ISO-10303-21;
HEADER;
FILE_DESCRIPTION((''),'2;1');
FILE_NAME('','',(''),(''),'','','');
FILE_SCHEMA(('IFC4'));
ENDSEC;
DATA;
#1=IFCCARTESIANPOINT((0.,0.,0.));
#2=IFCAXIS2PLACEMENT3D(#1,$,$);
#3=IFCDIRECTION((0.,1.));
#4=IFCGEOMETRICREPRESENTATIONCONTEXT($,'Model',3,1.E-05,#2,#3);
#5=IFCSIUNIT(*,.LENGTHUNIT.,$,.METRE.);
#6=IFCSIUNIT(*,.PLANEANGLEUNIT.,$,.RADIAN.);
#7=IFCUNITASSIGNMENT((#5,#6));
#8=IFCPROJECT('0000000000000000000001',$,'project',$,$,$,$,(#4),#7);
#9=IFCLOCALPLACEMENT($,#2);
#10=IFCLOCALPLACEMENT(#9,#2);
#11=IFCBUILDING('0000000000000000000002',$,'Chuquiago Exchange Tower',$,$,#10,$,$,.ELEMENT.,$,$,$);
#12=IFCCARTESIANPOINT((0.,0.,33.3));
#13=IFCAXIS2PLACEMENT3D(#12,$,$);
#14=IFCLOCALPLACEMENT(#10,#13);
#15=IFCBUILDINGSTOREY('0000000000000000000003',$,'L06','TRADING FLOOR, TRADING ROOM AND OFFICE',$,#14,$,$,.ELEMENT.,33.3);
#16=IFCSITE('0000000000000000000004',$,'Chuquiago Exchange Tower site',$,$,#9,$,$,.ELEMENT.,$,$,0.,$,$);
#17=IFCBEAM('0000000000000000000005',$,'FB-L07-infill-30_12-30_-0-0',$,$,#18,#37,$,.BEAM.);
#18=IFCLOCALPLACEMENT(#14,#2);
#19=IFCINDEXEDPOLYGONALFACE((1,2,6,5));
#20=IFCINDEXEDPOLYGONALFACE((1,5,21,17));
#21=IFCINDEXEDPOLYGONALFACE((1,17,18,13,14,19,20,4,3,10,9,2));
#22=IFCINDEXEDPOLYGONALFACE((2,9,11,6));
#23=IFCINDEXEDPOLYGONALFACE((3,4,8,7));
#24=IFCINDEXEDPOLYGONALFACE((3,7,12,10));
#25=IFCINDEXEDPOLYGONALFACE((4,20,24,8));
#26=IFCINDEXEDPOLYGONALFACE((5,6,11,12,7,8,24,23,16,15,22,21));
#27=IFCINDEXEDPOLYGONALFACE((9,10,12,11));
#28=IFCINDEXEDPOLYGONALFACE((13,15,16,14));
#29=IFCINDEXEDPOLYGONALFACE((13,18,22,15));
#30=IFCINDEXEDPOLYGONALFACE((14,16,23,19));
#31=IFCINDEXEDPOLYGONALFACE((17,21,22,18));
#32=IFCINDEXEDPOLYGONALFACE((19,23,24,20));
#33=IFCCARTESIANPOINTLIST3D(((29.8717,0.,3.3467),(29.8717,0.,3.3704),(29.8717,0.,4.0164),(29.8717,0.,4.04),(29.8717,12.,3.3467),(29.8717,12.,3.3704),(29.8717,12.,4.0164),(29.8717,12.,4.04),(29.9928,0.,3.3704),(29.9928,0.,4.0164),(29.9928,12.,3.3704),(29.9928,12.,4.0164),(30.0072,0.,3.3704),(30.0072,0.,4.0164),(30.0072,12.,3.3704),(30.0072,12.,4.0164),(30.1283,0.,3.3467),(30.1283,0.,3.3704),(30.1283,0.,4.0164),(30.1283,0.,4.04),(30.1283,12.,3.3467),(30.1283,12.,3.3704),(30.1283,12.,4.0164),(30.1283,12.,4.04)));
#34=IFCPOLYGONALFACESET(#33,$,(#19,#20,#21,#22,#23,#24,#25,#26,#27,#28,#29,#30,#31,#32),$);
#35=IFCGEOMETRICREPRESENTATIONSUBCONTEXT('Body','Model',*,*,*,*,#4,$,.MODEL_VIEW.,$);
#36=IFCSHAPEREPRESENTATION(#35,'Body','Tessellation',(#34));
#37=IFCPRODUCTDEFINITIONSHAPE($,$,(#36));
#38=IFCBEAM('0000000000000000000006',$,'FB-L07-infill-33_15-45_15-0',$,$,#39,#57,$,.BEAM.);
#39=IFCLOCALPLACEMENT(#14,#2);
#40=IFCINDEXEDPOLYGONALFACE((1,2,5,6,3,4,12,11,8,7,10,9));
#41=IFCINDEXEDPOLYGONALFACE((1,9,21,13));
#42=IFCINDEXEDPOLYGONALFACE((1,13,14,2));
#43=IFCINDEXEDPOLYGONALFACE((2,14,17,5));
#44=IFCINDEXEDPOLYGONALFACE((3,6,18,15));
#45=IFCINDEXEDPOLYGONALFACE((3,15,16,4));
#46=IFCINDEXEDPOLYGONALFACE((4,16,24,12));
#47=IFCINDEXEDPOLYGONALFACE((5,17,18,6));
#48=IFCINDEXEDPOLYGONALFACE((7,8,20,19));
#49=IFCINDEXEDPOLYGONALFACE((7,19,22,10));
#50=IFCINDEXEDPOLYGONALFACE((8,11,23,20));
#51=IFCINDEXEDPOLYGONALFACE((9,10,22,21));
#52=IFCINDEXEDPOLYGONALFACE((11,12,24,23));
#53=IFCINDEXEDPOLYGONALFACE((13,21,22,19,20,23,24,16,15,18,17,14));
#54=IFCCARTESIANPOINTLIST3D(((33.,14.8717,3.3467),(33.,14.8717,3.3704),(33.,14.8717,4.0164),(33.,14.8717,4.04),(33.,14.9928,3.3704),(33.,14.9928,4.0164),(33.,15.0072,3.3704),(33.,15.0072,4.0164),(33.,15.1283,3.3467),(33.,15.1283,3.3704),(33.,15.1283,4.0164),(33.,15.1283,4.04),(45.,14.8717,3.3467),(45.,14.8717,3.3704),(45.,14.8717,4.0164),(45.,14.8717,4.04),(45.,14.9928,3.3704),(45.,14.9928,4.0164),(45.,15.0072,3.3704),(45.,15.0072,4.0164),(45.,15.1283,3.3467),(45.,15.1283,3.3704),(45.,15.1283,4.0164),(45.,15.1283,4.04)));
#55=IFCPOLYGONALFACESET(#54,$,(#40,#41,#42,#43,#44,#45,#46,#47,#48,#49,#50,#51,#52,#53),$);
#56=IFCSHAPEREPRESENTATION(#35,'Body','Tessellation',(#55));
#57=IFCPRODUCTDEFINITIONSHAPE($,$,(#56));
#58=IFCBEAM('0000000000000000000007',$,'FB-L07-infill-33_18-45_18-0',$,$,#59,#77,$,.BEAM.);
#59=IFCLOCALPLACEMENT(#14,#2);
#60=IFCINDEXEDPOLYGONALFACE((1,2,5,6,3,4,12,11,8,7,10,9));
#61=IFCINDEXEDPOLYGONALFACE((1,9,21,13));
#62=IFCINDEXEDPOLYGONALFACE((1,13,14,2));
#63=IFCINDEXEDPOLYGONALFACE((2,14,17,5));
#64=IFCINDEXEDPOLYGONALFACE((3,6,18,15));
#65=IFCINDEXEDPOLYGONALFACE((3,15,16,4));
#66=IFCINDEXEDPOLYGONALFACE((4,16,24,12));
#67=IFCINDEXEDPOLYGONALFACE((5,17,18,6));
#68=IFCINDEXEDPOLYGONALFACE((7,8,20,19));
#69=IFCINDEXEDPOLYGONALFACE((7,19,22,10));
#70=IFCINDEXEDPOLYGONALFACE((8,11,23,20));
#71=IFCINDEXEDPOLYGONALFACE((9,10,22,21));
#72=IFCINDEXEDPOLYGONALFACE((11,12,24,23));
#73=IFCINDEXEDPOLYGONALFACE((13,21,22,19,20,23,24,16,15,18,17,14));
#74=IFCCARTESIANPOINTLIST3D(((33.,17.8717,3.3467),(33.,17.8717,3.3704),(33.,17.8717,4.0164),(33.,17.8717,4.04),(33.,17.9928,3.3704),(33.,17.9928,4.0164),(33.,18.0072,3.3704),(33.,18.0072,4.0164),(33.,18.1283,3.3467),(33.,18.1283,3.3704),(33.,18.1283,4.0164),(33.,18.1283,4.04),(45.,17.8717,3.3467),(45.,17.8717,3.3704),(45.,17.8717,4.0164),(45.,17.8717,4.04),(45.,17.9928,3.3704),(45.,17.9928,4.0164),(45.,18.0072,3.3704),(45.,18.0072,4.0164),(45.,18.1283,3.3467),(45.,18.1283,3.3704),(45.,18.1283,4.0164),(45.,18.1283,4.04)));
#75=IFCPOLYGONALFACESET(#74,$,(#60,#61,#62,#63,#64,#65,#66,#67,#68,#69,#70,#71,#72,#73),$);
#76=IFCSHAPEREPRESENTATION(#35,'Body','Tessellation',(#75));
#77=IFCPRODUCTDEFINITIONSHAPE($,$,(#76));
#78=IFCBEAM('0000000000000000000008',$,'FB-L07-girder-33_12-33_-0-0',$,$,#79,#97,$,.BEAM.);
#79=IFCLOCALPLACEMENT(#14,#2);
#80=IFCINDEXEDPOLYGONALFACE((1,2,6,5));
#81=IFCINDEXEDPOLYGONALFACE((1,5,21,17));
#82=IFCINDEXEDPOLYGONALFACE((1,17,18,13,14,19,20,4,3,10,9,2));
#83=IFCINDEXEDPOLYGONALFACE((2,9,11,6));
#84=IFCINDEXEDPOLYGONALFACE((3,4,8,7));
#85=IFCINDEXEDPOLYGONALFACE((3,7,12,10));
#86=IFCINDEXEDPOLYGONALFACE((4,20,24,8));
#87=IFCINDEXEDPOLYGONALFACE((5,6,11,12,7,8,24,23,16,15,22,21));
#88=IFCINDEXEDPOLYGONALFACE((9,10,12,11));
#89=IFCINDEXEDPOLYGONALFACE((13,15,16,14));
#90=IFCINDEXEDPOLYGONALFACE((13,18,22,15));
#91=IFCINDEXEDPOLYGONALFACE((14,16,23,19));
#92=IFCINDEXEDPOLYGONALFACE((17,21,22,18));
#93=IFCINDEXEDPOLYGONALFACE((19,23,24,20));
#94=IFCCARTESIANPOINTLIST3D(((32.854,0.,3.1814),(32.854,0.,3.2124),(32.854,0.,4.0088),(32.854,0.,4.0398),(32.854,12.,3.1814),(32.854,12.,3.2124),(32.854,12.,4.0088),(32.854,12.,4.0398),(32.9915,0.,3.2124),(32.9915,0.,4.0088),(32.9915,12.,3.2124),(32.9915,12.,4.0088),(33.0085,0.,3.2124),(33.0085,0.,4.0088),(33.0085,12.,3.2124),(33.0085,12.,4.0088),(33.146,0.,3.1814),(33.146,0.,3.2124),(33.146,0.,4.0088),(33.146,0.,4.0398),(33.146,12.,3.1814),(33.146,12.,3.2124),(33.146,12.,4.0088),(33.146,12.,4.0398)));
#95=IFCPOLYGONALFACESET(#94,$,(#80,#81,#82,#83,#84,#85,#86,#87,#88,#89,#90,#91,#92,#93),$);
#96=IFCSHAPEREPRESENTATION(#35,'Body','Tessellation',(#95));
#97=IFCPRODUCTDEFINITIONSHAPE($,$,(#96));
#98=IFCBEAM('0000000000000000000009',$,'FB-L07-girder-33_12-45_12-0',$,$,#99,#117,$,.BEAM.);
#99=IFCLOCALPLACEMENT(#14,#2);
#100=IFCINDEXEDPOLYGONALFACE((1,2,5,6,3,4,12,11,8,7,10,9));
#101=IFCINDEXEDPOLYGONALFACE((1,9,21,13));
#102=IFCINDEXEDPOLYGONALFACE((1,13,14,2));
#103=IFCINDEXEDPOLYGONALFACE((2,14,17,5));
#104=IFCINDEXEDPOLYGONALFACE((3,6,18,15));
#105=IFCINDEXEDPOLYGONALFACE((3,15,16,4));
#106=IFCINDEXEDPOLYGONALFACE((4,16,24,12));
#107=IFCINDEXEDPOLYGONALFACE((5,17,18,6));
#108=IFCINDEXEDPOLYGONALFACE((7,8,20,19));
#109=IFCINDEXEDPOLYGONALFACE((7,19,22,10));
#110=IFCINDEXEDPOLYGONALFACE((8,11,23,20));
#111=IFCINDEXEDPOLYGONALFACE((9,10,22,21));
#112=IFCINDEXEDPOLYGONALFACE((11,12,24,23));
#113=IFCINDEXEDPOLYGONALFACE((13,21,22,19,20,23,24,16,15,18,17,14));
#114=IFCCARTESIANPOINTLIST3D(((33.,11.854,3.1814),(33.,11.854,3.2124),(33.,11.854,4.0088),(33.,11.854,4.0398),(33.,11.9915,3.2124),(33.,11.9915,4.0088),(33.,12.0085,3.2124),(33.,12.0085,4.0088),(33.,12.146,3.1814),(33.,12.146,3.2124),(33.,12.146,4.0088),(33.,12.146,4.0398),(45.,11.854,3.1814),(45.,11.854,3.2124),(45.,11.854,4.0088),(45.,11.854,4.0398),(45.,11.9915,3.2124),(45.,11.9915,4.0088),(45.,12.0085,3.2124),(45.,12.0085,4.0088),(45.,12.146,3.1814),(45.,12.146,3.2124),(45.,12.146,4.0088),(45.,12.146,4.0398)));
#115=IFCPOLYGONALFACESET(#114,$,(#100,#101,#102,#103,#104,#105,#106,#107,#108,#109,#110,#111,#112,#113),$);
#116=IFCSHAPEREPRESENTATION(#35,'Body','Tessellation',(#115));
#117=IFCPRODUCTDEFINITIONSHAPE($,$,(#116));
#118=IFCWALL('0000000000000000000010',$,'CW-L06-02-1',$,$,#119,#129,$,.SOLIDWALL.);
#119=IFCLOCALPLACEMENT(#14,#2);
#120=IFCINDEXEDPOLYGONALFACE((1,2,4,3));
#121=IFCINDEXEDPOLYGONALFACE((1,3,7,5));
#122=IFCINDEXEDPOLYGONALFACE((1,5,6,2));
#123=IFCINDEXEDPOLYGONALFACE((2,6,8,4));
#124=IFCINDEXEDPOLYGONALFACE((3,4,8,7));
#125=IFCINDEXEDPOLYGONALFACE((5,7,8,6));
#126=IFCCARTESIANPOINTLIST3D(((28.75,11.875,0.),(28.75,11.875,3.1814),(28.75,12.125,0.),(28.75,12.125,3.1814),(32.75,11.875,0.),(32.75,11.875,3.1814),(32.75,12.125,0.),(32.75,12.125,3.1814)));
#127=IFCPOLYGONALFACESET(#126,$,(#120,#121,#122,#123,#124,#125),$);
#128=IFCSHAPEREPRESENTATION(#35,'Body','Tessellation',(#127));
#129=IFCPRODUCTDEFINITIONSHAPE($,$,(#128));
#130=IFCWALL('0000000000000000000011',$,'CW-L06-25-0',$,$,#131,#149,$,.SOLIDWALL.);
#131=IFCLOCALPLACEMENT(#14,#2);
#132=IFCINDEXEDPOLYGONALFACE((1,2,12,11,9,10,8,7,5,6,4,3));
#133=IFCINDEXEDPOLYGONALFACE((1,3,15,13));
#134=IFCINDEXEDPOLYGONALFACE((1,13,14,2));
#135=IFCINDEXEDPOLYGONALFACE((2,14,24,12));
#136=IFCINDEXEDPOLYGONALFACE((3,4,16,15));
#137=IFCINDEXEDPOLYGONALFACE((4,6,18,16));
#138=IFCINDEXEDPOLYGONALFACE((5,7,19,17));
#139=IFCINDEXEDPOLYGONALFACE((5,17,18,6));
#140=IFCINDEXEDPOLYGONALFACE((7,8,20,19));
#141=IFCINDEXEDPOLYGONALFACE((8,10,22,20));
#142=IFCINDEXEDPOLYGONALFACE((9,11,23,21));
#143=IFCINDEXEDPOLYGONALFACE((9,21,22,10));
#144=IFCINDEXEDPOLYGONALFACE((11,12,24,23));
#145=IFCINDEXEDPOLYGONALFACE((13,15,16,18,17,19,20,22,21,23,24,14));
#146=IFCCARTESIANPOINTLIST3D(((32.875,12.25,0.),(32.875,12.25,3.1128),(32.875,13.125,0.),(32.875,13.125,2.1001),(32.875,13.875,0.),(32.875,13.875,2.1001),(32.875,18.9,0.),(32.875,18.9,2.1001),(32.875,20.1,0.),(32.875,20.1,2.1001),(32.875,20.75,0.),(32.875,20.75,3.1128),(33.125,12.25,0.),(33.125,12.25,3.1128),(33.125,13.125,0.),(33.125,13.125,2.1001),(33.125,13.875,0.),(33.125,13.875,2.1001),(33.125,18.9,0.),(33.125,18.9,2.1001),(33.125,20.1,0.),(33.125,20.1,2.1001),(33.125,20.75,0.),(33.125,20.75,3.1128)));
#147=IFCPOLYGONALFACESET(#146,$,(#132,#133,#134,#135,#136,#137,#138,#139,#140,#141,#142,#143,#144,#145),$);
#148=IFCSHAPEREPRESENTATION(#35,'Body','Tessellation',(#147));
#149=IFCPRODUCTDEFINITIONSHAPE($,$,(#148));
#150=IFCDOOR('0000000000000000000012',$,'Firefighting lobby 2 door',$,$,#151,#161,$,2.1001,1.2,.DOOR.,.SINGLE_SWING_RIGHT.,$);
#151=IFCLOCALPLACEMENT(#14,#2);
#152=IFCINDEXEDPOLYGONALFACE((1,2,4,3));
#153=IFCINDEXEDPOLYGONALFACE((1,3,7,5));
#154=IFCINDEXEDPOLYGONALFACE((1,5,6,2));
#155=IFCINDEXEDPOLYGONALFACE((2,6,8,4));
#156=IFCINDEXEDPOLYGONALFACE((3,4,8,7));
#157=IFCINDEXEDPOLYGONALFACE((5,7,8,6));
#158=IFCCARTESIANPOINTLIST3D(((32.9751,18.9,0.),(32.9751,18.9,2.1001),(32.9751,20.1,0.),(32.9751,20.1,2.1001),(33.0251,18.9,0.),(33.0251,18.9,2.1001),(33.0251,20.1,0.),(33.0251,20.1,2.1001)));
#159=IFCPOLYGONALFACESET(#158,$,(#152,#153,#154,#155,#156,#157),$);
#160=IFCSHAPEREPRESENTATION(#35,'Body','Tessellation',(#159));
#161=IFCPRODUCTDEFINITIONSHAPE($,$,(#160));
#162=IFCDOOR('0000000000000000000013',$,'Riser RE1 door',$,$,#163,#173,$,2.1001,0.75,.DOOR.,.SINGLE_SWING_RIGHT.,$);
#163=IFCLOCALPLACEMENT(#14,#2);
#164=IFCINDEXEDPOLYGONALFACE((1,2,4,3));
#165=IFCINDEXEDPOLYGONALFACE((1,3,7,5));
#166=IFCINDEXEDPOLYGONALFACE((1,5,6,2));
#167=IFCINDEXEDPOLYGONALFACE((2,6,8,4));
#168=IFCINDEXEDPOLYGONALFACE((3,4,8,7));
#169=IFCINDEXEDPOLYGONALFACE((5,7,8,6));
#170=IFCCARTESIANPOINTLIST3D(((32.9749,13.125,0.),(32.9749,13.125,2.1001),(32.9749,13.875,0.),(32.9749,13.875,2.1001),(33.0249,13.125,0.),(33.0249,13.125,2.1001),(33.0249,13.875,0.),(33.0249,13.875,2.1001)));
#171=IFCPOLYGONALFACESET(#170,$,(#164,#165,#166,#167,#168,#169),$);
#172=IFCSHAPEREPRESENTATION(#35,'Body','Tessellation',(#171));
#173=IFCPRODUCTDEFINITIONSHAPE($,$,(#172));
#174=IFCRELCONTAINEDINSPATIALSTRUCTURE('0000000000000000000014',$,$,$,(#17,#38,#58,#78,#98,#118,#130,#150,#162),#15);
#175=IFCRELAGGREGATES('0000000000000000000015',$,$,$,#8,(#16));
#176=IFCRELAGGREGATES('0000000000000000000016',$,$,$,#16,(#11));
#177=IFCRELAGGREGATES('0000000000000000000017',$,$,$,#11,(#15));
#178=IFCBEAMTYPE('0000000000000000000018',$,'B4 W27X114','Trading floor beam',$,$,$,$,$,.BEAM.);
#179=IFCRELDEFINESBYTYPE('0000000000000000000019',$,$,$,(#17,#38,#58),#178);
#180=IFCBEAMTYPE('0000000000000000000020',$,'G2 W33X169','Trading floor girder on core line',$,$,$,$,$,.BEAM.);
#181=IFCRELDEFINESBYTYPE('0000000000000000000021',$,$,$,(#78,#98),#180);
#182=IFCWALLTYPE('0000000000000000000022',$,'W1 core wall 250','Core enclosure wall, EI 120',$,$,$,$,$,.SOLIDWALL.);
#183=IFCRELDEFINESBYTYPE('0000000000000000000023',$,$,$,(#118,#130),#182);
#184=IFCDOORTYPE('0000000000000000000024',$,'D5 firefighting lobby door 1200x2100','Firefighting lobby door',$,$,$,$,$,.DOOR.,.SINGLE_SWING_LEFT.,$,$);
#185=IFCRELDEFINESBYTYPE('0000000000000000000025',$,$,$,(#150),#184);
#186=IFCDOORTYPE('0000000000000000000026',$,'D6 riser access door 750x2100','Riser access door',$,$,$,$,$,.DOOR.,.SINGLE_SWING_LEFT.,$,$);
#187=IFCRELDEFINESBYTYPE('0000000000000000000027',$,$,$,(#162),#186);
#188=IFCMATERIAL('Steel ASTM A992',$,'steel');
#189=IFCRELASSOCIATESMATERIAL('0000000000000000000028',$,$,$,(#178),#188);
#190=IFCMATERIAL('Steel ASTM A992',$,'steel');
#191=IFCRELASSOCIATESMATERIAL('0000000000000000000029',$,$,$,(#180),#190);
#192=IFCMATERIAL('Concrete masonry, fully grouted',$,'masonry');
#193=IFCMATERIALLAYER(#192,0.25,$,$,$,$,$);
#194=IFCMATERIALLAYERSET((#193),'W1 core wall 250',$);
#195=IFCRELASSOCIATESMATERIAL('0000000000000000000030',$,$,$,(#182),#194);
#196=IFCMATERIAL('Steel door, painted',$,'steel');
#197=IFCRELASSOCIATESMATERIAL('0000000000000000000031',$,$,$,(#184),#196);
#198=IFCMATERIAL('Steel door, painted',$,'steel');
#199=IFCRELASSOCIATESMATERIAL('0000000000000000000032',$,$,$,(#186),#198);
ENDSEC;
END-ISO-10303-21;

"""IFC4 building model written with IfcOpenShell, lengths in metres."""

from ifc_helpers import new_model, si_unit, direction, frame, frame_2d, origin, origin_2d, place, context, subcontext, project, spatial, rectangle, i_section, extrude, material, layer, layer_set, material_profile, profile_set, type_object, element, fill, save


model = new_model("IFC4")

# Units and contexts
model_context = context("Model", 3, precision=1e-05, world=origin(), true_north=direction((0.0, 1.0)))
body_context = subcontext(model_context, "Body", "Model", "MODEL_VIEW")
ifc_project = project(units=[si_unit("LENGTHUNIT", "METRE"), si_unit("PLANEANGLEUNIT", "RADIAN")], contexts=[model_context])

# Site, building, storey
site_placement = place(None, origin())
site = spatial("IfcSite", under=ifc_project, at=site_placement, Name="Chuquiago Exchange Tower site", CompositionType="ELEMENT", RefElevation=0.0)
building_placement = place(site_placement, origin())
building = spatial("IfcBuilding", under=site, at=building_placement, Name="Chuquiago Exchange Tower", CompositionType="ELEMENT")
storey_placement = place(building_placement, frame((0.0, 0.0, 33.3)))
storey = spatial("IfcBuildingStorey", under=building, at=storey_placement, Name="L06", Description="TRADING FLOOR, TRADING ROOM AND OFFICE", CompositionType="ELEMENT", Elevation=33.3)

# Beams
ifc_material_1 = material(Name="Steel ASTM A992", Category="steel")
ifc_material_profile_1 = material_profile(ifc_material_1, i_section(OverallWidth=0.2566, OverallDepth=0.6934, WebThickness=0.0144, FlangeThickness=0.0237, at=origin_2d()), Name="W27X114")
ifc_profile_set_1 = profile_set([ifc_material_profile_1], Name="Steel ASTM A992")
beam_type_1 = type_object("IfcBeamType", Name="B4 W27X114", Description="Trading floor beam", PredefinedType="BEAM", material=ifc_profile_set_1)
for number, where, z_axis, x_axis, name in (
    (1, (30.0, 12.0, 3.6934), (0.0, -1.0, 0.0), (1.0, 0.0, 0.0), "FB-L07-infill-30_12-30_-0-0"),
    (2, (33.0, 15.0, 3.6934), (1.0, 0.0, 0.0), (0.0, 1.0, 0.0), "FB-L07-infill-33_15-45_15-0"),
    (3, (33.0, 18.0, 3.6934), (1.0, 0.0, 0.0), (0.0, 1.0, 0.0), "FB-L07-infill-33_18-45_18-0"),
):
    element("IfcBeam", number, at=place(storey_placement, frame(where, z_axis=z_axis, x_axis=x_axis)), inside=storey, type_object=beam_type_1, Name=name, PredefinedType="BEAM", context=body_context, shape_type="SweptSolid", body=[
        extrude(i_section(OverallWidth=0.2566, OverallDepth=0.6934, WebThickness=0.0144, FlangeThickness=0.0237, at=origin_2d()), origin(), (0.0, 0.0, 1.0), 12.0),
    ])
ifc_material_2 = material(Name="Steel ASTM A992", Category="steel")
ifc_material_profile_2 = material_profile(ifc_material_2, i_section(OverallWidth=0.292, OverallDepth=0.8584, WebThickness=0.0171, FlangeThickness=0.031, at=origin_2d()), Name="W33X169")
ifc_profile_set_2 = profile_set([ifc_material_profile_2], Name="Steel ASTM A992")
beam_type_2 = type_object("IfcBeamType", Name="G2 W33X169", Description="Trading floor girder on core line", PredefinedType="BEAM", material=ifc_profile_set_2)
for number, where, z_axis, x_axis, name in (
    (4, (33.0, 12.0, 3.6106), (0.0, -1.0, 0.0), (1.0, 0.0, 0.0), "FB-L07-girder-33_12-33_-0-0"),
    (5, (33.0, 12.0, 3.6106), (1.0, 0.0, 0.0), (0.0, 1.0, 0.0), "FB-L07-girder-33_12-45_12-0"),
):
    element("IfcBeam", number, at=place(storey_placement, frame(where, z_axis=z_axis, x_axis=x_axis)), inside=storey, type_object=beam_type_2, Name=name, PredefinedType="BEAM", context=body_context, shape_type="SweptSolid", body=[
        extrude(i_section(OverallWidth=0.292, OverallDepth=0.8584, WebThickness=0.0171, FlangeThickness=0.031, at=origin_2d()), origin(), (0.0, 0.0, 1.0), 12.0),
    ])

# Wall
ifc_material_3 = material(Name="Concrete masonry, fully grouted", Category="masonry")
ifc_layer_1 = layer(ifc_material_3, 0.25)
ifc_layer_set_1 = layer_set([ifc_layer_1], Name="W1 core wall 250")
wall_type_1 = type_object("IfcWallType", Name="W1 core wall 250", Description="Core enclosure wall, EI 120", PredefinedType="SOLIDWALL", material=ifc_layer_set_1)
wall_1_placement = place(storey_placement, frame((28.75, 12.0, 0.0), z_axis=(0.0, 0.0, 1.0), x_axis=(1.0, 0.0, 0.0)))
element("IfcWall", 6, at=wall_1_placement, inside=storey, type_object=wall_type_1, Name="CW-L06-02-1", PredefinedType="SOLIDWALL", context=body_context, shape_type="SweptSolid", body=[
    extrude(rectangle(XDim=4.0, YDim=0.25, at=frame_2d((2.0, 0.0))), origin(), (0.0, 0.0, 1.0), 3.1814),
])

# Wall, openings, doors
wall_2_placement = place(storey_placement, frame((33.0, 12.25, 0.0), z_axis=(0.0, 0.0, 1.0), x_axis=(0.0, 1.0, 0.0)))
wall_2 = element("IfcWall", 7, at=wall_2_placement, inside=storey, type_object=wall_type_1, Name="CW-L06-25-0", PredefinedType="SOLIDWALL", context=body_context, shape_type="SweptSolid", body=[
    extrude(rectangle(XDim=8.5, YDim=0.25, at=frame_2d((4.25, 0.0))), origin(), (0.0, 0.0, 1.0), 3.1128),
])
opening_1_placement = place(wall_2_placement, frame((6.6499, 0.0, 0.0)))
opening_1 = element("IfcOpeningElement", 8, at=opening_1_placement, cuts=wall_2, PredefinedType="OPENING", context=body_context, shape_type="SweptSolid", body=[
    extrude(rectangle(XDim=1.2, YDim=2.1001, at=frame_2d((0.6001, 1.05))), frame((0.0, 0.135, 0.0), z_axis=(0.0, -1.0, 0.0), x_axis=(1.0, 0.0, 0.0)), (0.0, 0.0, 1.0), 0.27),
])
opening_2_placement = place(wall_2_placement, frame((0.875, 0.0, 0.0)))
opening_2 = element("IfcOpeningElement", 9, at=opening_2_placement, cuts=wall_2, PredefinedType="OPENING", context=body_context, shape_type="SweptSolid", body=[
    extrude(rectangle(XDim=0.75, YDim=2.1001, at=frame_2d((0.375, 1.05))), frame((0.0, 0.135, 0.0), z_axis=(0.0, -1.0, 0.0), x_axis=(1.0, 0.0, 0.0)), (0.0, 0.0, 1.0), 0.27),
])
ifc_material_4 = material(Name="Steel door, painted", Category="steel")
door_type_1 = type_object("IfcDoorType", Name="D5 firefighting lobby door 1200x2100", Description="Firefighting lobby door", OperationType="SINGLE_SWING_LEFT", PredefinedType="DOOR", material=ifc_material_4)
door_1_placement = place(opening_1_placement, origin())
door_1 = element("IfcDoor", 10, at=door_1_placement, inside=storey, type_object=door_type_1, Name="Firefighting lobby 2 door", OperationType="SINGLE_SWING_RIGHT", OverallHeight=2.1001, OverallWidth=1.2, PredefinedType="DOOR", context=body_context, shape_type="SweptSolid", body=[
    extrude(rectangle(XDim=1.2, YDim=2.1001, at=frame_2d((0.6001, 1.05))), frame((0.0, 0.0249, 0.0), z_axis=(0.0, -1.0, 0.0), x_axis=(1.0, 0.0, 0.0)), (0.0, 0.0, 1.0), 0.05),
])
fill(opening_1, door_1)
ifc_material_5 = material(Name="Steel door, painted", Category="steel")
door_type_2 = type_object("IfcDoorType", Name="D6 riser access door 750x2100", Description="Riser access door", OperationType="SINGLE_SWING_LEFT", PredefinedType="DOOR", material=ifc_material_5)
door_2_placement = place(opening_2_placement, frame((0.75, 0.0, 0.0), z_axis=(0.0, 0.0, 1.0), x_axis=(-1.0, 0.0, 0.0)))
door_2 = element("IfcDoor", 11, at=door_2_placement, inside=storey, type_object=door_type_2, Name="Riser RE1 door", OperationType="SINGLE_SWING_RIGHT", OverallHeight=2.1001, OverallWidth=0.75, PredefinedType="DOOR", context=body_context, shape_type="SweptSolid", body=[
    extrude(rectangle(XDim=0.75, YDim=2.1001, at=frame_2d((0.375, 1.05))), frame((0.0, 0.0249, 0.0), z_axis=(0.0, -1.0, 0.0), x_axis=(1.0, 0.0, 0.0)), (0.0, 0.0, 1.0), 0.05),
])
fill(opening_2, door_2)

save(model, "model.ifc")
